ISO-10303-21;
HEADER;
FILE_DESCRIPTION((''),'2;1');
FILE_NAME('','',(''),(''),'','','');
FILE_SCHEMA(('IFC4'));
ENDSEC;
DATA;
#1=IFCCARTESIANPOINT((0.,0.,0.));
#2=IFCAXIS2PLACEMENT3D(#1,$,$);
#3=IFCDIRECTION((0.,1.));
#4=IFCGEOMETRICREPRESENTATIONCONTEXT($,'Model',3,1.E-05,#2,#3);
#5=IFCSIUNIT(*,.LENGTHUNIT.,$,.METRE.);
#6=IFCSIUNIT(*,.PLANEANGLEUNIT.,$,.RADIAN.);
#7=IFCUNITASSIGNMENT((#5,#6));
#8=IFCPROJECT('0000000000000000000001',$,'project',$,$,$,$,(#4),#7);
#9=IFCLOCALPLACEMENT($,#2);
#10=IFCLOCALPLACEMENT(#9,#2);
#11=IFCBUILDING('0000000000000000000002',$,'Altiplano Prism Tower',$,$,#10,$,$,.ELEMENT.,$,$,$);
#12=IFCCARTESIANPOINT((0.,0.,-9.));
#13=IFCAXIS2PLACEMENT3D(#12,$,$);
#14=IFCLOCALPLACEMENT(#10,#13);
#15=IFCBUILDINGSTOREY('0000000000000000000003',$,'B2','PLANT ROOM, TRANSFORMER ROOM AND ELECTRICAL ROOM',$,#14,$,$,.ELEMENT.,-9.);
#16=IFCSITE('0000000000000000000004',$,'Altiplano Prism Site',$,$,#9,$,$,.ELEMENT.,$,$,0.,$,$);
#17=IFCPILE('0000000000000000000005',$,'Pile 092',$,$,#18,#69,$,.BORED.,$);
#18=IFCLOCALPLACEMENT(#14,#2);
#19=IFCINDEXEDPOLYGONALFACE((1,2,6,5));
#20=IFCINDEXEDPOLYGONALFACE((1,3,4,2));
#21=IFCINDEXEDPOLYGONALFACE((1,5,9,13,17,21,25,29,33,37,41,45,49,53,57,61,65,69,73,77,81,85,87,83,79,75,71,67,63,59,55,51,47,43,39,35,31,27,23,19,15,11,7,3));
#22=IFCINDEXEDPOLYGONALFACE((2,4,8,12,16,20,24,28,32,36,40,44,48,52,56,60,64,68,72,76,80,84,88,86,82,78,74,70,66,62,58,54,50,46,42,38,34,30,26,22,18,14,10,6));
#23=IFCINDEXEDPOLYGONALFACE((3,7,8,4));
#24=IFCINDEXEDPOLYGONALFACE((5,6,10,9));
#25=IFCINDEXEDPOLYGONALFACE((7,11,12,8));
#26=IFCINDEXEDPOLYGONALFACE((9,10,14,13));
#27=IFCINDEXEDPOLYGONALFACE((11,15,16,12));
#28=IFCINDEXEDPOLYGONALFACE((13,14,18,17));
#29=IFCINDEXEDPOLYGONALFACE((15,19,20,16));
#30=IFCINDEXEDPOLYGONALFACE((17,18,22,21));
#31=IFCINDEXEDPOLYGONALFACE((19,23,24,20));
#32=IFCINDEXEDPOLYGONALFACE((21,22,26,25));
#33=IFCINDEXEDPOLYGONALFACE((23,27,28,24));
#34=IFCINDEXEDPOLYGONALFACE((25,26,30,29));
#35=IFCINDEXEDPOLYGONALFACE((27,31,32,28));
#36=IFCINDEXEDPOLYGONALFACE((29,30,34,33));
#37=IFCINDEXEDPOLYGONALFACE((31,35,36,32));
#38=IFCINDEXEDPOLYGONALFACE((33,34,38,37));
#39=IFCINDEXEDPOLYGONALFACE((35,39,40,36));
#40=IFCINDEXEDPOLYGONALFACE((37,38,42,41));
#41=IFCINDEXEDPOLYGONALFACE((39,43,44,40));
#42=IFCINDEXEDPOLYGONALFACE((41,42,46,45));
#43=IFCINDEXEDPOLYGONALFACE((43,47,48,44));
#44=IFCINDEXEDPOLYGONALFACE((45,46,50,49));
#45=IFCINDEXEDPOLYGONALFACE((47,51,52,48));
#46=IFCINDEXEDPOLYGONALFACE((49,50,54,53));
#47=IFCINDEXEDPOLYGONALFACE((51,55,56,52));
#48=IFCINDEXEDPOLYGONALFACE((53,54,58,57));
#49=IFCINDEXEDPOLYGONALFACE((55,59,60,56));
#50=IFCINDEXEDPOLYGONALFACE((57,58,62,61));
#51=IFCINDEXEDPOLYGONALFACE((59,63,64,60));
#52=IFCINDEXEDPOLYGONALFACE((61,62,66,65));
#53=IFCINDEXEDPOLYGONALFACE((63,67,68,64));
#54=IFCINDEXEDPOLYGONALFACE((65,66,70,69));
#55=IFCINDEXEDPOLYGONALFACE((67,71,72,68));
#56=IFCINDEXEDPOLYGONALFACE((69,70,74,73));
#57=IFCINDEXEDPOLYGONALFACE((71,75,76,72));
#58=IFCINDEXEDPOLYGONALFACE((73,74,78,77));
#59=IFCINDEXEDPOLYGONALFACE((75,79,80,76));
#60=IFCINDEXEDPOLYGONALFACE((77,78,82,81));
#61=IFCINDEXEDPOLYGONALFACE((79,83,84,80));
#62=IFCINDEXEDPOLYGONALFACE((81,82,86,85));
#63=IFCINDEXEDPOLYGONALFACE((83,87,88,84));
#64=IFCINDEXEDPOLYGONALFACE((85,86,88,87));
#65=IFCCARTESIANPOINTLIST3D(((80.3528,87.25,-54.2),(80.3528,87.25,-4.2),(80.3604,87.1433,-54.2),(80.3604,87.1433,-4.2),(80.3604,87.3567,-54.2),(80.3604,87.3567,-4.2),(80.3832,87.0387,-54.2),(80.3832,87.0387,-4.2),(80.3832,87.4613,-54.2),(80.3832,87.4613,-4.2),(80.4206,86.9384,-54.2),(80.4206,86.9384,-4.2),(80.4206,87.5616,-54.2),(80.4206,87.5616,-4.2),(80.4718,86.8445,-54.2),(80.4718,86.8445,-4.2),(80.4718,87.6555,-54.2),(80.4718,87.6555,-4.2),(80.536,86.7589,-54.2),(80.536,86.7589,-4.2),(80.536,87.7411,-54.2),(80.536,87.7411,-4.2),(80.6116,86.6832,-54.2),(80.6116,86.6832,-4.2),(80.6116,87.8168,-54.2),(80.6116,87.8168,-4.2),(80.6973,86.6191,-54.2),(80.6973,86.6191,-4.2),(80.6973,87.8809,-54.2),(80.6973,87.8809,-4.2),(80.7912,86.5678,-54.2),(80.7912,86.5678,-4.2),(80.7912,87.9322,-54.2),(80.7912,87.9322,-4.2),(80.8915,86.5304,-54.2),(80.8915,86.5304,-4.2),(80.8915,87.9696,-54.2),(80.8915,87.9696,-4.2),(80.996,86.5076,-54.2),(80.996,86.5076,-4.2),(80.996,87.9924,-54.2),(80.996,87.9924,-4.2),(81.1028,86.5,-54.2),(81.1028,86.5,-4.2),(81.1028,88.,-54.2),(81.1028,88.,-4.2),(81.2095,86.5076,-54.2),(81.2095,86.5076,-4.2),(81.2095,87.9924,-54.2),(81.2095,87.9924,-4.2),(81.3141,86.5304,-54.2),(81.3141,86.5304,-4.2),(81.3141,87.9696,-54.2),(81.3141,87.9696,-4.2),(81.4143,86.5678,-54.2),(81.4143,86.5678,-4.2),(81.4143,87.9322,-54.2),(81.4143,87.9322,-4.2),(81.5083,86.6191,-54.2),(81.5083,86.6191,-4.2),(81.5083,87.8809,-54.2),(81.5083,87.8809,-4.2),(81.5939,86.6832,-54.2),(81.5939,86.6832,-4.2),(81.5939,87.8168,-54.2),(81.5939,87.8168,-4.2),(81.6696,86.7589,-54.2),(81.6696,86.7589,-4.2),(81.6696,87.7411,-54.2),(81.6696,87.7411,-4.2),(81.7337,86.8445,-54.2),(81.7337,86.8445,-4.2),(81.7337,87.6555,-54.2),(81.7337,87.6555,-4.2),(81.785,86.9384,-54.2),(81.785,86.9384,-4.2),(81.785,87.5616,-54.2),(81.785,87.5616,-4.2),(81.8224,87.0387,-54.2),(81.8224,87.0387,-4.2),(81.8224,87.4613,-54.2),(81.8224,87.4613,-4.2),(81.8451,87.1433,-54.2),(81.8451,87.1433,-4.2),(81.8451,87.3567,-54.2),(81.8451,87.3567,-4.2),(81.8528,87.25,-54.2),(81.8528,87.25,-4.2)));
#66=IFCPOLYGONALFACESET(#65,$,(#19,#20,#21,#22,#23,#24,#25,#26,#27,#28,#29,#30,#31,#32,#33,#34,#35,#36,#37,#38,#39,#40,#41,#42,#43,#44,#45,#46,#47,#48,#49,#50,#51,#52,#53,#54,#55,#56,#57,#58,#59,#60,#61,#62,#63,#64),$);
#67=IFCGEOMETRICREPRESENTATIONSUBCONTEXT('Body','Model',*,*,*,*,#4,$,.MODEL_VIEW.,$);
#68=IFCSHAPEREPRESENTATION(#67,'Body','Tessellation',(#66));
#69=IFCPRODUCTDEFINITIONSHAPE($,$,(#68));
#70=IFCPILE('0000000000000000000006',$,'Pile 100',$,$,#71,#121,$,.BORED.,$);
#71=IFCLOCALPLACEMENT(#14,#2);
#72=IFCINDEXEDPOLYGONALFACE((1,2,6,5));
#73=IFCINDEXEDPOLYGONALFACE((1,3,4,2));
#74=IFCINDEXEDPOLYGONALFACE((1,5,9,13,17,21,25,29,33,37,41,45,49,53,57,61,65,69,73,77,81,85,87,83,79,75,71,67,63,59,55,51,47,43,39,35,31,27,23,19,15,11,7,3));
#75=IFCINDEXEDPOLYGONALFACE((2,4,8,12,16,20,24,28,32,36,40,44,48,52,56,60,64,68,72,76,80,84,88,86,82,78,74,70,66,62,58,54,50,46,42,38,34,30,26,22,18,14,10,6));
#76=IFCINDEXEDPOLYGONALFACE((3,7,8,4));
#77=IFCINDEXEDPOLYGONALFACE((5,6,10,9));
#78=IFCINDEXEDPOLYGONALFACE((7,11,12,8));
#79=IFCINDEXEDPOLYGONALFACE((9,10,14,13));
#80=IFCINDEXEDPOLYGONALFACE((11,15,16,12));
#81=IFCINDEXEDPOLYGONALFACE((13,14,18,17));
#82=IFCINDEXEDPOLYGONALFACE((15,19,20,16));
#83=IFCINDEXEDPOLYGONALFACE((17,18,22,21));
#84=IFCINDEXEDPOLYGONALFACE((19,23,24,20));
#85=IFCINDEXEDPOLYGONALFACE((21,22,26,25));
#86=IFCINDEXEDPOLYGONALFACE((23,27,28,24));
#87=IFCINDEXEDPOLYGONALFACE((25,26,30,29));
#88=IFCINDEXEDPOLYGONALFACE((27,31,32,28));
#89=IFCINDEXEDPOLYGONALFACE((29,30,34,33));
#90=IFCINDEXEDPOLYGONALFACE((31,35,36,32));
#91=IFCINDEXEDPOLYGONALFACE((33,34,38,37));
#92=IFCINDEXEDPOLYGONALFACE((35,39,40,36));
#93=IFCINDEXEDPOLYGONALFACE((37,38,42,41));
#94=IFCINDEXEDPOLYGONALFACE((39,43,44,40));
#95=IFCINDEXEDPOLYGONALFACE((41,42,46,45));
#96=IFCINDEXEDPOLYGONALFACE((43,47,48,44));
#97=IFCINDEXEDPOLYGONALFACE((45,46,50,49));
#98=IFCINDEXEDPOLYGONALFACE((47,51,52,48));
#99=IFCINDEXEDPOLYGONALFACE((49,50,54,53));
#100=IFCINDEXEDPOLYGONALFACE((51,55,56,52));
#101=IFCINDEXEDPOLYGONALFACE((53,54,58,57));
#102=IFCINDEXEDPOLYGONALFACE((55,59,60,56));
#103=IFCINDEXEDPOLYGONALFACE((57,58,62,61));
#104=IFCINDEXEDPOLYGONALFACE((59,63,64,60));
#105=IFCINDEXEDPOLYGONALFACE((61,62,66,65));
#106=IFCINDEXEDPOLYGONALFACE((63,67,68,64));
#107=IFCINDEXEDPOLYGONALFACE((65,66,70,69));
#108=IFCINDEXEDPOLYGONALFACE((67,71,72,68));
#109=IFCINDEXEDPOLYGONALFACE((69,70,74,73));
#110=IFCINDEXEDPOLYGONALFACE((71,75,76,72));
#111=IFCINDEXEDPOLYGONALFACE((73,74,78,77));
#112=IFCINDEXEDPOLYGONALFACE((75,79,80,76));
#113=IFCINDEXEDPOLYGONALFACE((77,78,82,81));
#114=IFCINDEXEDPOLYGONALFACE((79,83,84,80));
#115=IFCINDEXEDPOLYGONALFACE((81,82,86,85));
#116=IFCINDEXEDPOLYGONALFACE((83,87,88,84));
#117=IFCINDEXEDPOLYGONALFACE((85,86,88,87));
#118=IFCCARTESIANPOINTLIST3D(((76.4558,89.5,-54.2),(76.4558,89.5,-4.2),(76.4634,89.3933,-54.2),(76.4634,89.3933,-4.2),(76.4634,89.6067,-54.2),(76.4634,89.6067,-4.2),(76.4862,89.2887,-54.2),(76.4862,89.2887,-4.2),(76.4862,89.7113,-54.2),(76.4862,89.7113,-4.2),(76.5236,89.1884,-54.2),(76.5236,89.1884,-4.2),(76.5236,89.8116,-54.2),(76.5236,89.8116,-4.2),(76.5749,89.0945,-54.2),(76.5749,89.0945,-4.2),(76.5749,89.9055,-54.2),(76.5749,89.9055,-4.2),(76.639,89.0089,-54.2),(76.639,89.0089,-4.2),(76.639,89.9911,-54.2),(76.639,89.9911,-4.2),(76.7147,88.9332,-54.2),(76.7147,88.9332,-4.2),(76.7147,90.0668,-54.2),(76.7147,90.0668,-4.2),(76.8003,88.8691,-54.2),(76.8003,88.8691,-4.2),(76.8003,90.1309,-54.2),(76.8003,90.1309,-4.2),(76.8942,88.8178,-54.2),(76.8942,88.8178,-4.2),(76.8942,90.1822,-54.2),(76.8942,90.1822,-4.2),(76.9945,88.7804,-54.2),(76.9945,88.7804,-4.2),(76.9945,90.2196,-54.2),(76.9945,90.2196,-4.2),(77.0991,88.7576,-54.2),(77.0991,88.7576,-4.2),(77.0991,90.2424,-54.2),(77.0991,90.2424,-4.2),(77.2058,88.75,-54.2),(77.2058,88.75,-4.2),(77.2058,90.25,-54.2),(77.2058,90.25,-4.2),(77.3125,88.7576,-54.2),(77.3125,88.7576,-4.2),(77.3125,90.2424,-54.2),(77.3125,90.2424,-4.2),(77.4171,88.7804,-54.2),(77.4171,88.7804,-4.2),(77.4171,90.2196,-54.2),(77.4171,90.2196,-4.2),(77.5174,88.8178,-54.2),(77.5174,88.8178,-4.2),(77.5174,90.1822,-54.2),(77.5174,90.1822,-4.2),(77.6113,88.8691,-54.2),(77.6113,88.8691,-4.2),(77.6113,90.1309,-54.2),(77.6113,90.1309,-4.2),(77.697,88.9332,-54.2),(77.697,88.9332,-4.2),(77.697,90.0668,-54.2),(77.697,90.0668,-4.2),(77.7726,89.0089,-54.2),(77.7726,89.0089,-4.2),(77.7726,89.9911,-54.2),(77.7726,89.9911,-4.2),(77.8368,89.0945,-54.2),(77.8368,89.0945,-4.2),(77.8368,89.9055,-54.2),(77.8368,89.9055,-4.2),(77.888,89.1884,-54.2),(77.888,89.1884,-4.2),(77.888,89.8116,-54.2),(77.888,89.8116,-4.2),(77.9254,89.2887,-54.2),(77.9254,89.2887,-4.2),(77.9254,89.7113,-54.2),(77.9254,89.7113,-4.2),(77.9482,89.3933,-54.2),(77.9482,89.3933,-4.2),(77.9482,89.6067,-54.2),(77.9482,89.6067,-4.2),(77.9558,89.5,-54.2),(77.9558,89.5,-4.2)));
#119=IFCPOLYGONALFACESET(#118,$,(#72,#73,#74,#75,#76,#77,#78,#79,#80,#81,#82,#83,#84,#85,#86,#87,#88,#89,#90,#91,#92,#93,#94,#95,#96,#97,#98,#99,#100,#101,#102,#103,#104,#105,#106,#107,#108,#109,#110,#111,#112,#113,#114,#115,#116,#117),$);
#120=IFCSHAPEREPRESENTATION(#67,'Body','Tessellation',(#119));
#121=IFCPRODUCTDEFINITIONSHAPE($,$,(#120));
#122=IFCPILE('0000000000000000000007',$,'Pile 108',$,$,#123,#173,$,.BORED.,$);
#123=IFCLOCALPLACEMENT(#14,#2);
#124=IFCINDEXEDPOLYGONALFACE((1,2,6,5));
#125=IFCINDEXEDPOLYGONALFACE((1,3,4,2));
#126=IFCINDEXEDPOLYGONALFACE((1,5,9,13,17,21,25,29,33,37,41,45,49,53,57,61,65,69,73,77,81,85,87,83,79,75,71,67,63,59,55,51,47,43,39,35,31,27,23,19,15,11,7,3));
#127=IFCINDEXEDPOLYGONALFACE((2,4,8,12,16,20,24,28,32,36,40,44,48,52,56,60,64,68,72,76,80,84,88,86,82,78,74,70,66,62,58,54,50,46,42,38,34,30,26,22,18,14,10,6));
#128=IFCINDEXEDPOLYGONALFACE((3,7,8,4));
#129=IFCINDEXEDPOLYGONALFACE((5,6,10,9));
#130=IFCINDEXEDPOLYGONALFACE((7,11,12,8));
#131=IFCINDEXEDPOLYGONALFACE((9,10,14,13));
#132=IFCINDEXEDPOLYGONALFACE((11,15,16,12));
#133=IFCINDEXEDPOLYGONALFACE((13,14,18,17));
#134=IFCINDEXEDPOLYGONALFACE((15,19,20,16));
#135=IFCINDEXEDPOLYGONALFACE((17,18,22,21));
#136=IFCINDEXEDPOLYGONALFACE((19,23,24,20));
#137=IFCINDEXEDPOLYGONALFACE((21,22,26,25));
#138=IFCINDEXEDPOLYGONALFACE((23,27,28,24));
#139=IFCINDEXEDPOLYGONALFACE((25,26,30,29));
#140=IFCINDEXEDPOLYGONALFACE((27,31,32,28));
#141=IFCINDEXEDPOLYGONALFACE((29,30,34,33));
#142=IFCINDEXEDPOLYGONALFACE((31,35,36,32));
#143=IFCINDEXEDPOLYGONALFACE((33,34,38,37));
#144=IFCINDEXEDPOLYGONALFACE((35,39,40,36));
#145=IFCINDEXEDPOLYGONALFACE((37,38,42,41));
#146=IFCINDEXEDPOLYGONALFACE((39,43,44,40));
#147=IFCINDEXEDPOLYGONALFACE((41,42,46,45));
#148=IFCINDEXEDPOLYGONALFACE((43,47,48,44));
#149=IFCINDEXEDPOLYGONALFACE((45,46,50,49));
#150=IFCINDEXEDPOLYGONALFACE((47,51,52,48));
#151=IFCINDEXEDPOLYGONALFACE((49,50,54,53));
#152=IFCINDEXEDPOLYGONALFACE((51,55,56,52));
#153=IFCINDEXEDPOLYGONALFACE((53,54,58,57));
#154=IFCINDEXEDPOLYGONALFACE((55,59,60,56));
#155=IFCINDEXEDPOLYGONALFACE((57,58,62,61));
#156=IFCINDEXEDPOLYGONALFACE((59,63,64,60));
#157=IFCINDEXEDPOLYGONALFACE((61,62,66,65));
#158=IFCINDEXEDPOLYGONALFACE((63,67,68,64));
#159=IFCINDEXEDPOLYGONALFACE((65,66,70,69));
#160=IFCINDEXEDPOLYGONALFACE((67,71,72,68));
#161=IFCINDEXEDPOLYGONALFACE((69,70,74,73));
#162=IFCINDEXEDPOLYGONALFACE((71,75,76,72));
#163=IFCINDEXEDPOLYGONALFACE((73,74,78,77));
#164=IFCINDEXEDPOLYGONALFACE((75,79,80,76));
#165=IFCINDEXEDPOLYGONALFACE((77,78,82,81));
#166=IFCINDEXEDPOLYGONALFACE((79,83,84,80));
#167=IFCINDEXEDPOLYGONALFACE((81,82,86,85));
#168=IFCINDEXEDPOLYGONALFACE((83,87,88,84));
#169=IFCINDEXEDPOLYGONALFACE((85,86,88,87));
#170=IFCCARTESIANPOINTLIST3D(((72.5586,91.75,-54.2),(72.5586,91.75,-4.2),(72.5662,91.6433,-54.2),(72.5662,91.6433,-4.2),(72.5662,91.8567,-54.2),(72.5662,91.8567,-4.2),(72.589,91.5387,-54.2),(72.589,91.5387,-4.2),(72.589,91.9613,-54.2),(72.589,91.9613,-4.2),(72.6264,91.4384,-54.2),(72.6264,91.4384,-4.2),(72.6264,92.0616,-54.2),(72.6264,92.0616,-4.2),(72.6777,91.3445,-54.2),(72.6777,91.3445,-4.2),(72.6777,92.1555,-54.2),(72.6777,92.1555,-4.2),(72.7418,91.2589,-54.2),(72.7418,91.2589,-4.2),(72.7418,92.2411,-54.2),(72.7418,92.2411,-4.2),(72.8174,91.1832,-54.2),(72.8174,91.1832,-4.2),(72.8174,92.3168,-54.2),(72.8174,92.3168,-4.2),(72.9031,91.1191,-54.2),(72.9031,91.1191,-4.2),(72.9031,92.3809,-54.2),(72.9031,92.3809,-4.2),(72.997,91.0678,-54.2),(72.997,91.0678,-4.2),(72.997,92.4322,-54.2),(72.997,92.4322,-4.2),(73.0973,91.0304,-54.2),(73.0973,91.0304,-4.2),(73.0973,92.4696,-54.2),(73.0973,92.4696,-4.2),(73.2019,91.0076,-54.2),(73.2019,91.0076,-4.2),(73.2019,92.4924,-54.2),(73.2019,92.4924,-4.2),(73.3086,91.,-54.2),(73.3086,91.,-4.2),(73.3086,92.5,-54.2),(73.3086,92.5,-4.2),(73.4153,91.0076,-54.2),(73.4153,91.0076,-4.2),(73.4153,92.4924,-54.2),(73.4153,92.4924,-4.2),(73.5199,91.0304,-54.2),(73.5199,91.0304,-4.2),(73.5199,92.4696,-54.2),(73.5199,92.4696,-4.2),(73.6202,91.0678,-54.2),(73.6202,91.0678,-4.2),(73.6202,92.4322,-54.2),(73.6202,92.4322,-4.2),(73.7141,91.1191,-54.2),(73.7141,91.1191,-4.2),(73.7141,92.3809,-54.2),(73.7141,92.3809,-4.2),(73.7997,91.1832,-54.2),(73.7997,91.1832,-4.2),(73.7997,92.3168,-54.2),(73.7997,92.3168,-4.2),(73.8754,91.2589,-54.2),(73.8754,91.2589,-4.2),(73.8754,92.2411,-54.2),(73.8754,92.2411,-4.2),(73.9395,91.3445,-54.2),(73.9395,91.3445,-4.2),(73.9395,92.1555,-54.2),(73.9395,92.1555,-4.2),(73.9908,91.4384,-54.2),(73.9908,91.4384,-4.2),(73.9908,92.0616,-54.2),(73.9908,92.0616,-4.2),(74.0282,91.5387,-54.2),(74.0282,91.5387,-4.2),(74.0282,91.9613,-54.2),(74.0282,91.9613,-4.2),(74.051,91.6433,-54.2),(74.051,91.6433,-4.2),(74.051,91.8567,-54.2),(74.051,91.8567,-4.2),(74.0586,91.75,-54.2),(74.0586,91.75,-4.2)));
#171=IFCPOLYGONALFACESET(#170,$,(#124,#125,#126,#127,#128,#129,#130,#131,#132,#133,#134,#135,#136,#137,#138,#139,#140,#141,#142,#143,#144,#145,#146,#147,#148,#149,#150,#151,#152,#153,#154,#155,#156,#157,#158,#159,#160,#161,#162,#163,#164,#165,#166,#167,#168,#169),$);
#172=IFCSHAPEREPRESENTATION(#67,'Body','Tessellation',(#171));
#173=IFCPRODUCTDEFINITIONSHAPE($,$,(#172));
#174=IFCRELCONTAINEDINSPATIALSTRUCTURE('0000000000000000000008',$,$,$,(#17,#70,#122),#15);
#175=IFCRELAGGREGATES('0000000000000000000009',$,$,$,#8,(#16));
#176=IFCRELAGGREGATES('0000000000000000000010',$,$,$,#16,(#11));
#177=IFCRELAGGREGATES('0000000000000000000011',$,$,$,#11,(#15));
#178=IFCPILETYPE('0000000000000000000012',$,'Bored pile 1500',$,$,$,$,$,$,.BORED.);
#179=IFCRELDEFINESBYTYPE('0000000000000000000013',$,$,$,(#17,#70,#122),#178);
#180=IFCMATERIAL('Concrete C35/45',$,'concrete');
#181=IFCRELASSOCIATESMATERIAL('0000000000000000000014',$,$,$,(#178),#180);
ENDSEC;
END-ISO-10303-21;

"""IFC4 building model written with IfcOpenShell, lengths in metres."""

from ifc_helpers import new_model, si_unit, direction, frame, origin, origin_2d, place, context, subcontext, project, spatial, circle, extrude, material, material_profile, profile_set, type_object, element, save


model = new_model("IFC4")

# Units and contexts
model_context = context("Model", 3, precision=1e-05, world=origin(), true_north=direction((0.0, 1.0)))
body_context = subcontext(model_context, "Body", "Model", "MODEL_VIEW")
ifc_project = project(units=[si_unit("LENGTHUNIT", "METRE"), si_unit("PLANEANGLEUNIT", "RADIAN")], contexts=[model_context])

# Site, building, storey
site_placement = place(None, origin())
site = spatial("IfcSite", under=ifc_project, at=site_placement, Name="Altiplano Prism Site", CompositionType="ELEMENT", RefElevation=0.0)
building_placement = place(site_placement, origin())
building = spatial("IfcBuilding", under=site, at=building_placement, Name="Altiplano Prism Tower", CompositionType="ELEMENT")
storey_placement = place(building_placement, frame((0.0, 0.0, -9.0)))
storey = spatial("IfcBuildingStorey", under=building, at=storey_placement, Name="B2", Description="PLANT ROOM, TRANSFORMER ROOM AND ELECTRICAL ROOM", CompositionType="ELEMENT", Elevation=-9.0)

# Piles
ifc_material_1 = material(Name="Concrete C35/45", Category="concrete")
ifc_material_profile = material_profile(ifc_material_1, circle(Radius=0.75, at=origin_2d()), Name="Bored pile 1500")
ifc_profile_set = profile_set([ifc_material_profile], Name="Concrete C35/45")
pile_type = type_object("IfcPileType", Name="Bored pile 1500", PredefinedType="BORED", material=ifc_profile_set)
for number, where, z_axis, x_axis, name in (
    (1, (81.1028, 87.25, -4.2), (0.0, 0.0, -1.0), (1.0, 0.0, 0.0), "Pile 092"),
    (2, (77.2058, 89.5, -4.2), (0.0, 0.0, -1.0), (1.0, 0.0, 0.0), "Pile 100"),
    (3, (73.3086, 91.75, -4.2), (0.0, 0.0, -1.0), (1.0, 0.0, 0.0), "Pile 108"),
):
    element("IfcPile", number, at=place(storey_placement, frame(where, z_axis=z_axis, x_axis=x_axis)), inside=storey, type_object=pile_type, Name=name, PredefinedType="BORED", context=body_context, shape_type="SweptSolid", body=[
        extrude(circle(Radius=0.75, at=origin_2d()), origin(), (0.0, 0.0, 1.0), 50.0),
    ])

save(model, "model.ifc")
